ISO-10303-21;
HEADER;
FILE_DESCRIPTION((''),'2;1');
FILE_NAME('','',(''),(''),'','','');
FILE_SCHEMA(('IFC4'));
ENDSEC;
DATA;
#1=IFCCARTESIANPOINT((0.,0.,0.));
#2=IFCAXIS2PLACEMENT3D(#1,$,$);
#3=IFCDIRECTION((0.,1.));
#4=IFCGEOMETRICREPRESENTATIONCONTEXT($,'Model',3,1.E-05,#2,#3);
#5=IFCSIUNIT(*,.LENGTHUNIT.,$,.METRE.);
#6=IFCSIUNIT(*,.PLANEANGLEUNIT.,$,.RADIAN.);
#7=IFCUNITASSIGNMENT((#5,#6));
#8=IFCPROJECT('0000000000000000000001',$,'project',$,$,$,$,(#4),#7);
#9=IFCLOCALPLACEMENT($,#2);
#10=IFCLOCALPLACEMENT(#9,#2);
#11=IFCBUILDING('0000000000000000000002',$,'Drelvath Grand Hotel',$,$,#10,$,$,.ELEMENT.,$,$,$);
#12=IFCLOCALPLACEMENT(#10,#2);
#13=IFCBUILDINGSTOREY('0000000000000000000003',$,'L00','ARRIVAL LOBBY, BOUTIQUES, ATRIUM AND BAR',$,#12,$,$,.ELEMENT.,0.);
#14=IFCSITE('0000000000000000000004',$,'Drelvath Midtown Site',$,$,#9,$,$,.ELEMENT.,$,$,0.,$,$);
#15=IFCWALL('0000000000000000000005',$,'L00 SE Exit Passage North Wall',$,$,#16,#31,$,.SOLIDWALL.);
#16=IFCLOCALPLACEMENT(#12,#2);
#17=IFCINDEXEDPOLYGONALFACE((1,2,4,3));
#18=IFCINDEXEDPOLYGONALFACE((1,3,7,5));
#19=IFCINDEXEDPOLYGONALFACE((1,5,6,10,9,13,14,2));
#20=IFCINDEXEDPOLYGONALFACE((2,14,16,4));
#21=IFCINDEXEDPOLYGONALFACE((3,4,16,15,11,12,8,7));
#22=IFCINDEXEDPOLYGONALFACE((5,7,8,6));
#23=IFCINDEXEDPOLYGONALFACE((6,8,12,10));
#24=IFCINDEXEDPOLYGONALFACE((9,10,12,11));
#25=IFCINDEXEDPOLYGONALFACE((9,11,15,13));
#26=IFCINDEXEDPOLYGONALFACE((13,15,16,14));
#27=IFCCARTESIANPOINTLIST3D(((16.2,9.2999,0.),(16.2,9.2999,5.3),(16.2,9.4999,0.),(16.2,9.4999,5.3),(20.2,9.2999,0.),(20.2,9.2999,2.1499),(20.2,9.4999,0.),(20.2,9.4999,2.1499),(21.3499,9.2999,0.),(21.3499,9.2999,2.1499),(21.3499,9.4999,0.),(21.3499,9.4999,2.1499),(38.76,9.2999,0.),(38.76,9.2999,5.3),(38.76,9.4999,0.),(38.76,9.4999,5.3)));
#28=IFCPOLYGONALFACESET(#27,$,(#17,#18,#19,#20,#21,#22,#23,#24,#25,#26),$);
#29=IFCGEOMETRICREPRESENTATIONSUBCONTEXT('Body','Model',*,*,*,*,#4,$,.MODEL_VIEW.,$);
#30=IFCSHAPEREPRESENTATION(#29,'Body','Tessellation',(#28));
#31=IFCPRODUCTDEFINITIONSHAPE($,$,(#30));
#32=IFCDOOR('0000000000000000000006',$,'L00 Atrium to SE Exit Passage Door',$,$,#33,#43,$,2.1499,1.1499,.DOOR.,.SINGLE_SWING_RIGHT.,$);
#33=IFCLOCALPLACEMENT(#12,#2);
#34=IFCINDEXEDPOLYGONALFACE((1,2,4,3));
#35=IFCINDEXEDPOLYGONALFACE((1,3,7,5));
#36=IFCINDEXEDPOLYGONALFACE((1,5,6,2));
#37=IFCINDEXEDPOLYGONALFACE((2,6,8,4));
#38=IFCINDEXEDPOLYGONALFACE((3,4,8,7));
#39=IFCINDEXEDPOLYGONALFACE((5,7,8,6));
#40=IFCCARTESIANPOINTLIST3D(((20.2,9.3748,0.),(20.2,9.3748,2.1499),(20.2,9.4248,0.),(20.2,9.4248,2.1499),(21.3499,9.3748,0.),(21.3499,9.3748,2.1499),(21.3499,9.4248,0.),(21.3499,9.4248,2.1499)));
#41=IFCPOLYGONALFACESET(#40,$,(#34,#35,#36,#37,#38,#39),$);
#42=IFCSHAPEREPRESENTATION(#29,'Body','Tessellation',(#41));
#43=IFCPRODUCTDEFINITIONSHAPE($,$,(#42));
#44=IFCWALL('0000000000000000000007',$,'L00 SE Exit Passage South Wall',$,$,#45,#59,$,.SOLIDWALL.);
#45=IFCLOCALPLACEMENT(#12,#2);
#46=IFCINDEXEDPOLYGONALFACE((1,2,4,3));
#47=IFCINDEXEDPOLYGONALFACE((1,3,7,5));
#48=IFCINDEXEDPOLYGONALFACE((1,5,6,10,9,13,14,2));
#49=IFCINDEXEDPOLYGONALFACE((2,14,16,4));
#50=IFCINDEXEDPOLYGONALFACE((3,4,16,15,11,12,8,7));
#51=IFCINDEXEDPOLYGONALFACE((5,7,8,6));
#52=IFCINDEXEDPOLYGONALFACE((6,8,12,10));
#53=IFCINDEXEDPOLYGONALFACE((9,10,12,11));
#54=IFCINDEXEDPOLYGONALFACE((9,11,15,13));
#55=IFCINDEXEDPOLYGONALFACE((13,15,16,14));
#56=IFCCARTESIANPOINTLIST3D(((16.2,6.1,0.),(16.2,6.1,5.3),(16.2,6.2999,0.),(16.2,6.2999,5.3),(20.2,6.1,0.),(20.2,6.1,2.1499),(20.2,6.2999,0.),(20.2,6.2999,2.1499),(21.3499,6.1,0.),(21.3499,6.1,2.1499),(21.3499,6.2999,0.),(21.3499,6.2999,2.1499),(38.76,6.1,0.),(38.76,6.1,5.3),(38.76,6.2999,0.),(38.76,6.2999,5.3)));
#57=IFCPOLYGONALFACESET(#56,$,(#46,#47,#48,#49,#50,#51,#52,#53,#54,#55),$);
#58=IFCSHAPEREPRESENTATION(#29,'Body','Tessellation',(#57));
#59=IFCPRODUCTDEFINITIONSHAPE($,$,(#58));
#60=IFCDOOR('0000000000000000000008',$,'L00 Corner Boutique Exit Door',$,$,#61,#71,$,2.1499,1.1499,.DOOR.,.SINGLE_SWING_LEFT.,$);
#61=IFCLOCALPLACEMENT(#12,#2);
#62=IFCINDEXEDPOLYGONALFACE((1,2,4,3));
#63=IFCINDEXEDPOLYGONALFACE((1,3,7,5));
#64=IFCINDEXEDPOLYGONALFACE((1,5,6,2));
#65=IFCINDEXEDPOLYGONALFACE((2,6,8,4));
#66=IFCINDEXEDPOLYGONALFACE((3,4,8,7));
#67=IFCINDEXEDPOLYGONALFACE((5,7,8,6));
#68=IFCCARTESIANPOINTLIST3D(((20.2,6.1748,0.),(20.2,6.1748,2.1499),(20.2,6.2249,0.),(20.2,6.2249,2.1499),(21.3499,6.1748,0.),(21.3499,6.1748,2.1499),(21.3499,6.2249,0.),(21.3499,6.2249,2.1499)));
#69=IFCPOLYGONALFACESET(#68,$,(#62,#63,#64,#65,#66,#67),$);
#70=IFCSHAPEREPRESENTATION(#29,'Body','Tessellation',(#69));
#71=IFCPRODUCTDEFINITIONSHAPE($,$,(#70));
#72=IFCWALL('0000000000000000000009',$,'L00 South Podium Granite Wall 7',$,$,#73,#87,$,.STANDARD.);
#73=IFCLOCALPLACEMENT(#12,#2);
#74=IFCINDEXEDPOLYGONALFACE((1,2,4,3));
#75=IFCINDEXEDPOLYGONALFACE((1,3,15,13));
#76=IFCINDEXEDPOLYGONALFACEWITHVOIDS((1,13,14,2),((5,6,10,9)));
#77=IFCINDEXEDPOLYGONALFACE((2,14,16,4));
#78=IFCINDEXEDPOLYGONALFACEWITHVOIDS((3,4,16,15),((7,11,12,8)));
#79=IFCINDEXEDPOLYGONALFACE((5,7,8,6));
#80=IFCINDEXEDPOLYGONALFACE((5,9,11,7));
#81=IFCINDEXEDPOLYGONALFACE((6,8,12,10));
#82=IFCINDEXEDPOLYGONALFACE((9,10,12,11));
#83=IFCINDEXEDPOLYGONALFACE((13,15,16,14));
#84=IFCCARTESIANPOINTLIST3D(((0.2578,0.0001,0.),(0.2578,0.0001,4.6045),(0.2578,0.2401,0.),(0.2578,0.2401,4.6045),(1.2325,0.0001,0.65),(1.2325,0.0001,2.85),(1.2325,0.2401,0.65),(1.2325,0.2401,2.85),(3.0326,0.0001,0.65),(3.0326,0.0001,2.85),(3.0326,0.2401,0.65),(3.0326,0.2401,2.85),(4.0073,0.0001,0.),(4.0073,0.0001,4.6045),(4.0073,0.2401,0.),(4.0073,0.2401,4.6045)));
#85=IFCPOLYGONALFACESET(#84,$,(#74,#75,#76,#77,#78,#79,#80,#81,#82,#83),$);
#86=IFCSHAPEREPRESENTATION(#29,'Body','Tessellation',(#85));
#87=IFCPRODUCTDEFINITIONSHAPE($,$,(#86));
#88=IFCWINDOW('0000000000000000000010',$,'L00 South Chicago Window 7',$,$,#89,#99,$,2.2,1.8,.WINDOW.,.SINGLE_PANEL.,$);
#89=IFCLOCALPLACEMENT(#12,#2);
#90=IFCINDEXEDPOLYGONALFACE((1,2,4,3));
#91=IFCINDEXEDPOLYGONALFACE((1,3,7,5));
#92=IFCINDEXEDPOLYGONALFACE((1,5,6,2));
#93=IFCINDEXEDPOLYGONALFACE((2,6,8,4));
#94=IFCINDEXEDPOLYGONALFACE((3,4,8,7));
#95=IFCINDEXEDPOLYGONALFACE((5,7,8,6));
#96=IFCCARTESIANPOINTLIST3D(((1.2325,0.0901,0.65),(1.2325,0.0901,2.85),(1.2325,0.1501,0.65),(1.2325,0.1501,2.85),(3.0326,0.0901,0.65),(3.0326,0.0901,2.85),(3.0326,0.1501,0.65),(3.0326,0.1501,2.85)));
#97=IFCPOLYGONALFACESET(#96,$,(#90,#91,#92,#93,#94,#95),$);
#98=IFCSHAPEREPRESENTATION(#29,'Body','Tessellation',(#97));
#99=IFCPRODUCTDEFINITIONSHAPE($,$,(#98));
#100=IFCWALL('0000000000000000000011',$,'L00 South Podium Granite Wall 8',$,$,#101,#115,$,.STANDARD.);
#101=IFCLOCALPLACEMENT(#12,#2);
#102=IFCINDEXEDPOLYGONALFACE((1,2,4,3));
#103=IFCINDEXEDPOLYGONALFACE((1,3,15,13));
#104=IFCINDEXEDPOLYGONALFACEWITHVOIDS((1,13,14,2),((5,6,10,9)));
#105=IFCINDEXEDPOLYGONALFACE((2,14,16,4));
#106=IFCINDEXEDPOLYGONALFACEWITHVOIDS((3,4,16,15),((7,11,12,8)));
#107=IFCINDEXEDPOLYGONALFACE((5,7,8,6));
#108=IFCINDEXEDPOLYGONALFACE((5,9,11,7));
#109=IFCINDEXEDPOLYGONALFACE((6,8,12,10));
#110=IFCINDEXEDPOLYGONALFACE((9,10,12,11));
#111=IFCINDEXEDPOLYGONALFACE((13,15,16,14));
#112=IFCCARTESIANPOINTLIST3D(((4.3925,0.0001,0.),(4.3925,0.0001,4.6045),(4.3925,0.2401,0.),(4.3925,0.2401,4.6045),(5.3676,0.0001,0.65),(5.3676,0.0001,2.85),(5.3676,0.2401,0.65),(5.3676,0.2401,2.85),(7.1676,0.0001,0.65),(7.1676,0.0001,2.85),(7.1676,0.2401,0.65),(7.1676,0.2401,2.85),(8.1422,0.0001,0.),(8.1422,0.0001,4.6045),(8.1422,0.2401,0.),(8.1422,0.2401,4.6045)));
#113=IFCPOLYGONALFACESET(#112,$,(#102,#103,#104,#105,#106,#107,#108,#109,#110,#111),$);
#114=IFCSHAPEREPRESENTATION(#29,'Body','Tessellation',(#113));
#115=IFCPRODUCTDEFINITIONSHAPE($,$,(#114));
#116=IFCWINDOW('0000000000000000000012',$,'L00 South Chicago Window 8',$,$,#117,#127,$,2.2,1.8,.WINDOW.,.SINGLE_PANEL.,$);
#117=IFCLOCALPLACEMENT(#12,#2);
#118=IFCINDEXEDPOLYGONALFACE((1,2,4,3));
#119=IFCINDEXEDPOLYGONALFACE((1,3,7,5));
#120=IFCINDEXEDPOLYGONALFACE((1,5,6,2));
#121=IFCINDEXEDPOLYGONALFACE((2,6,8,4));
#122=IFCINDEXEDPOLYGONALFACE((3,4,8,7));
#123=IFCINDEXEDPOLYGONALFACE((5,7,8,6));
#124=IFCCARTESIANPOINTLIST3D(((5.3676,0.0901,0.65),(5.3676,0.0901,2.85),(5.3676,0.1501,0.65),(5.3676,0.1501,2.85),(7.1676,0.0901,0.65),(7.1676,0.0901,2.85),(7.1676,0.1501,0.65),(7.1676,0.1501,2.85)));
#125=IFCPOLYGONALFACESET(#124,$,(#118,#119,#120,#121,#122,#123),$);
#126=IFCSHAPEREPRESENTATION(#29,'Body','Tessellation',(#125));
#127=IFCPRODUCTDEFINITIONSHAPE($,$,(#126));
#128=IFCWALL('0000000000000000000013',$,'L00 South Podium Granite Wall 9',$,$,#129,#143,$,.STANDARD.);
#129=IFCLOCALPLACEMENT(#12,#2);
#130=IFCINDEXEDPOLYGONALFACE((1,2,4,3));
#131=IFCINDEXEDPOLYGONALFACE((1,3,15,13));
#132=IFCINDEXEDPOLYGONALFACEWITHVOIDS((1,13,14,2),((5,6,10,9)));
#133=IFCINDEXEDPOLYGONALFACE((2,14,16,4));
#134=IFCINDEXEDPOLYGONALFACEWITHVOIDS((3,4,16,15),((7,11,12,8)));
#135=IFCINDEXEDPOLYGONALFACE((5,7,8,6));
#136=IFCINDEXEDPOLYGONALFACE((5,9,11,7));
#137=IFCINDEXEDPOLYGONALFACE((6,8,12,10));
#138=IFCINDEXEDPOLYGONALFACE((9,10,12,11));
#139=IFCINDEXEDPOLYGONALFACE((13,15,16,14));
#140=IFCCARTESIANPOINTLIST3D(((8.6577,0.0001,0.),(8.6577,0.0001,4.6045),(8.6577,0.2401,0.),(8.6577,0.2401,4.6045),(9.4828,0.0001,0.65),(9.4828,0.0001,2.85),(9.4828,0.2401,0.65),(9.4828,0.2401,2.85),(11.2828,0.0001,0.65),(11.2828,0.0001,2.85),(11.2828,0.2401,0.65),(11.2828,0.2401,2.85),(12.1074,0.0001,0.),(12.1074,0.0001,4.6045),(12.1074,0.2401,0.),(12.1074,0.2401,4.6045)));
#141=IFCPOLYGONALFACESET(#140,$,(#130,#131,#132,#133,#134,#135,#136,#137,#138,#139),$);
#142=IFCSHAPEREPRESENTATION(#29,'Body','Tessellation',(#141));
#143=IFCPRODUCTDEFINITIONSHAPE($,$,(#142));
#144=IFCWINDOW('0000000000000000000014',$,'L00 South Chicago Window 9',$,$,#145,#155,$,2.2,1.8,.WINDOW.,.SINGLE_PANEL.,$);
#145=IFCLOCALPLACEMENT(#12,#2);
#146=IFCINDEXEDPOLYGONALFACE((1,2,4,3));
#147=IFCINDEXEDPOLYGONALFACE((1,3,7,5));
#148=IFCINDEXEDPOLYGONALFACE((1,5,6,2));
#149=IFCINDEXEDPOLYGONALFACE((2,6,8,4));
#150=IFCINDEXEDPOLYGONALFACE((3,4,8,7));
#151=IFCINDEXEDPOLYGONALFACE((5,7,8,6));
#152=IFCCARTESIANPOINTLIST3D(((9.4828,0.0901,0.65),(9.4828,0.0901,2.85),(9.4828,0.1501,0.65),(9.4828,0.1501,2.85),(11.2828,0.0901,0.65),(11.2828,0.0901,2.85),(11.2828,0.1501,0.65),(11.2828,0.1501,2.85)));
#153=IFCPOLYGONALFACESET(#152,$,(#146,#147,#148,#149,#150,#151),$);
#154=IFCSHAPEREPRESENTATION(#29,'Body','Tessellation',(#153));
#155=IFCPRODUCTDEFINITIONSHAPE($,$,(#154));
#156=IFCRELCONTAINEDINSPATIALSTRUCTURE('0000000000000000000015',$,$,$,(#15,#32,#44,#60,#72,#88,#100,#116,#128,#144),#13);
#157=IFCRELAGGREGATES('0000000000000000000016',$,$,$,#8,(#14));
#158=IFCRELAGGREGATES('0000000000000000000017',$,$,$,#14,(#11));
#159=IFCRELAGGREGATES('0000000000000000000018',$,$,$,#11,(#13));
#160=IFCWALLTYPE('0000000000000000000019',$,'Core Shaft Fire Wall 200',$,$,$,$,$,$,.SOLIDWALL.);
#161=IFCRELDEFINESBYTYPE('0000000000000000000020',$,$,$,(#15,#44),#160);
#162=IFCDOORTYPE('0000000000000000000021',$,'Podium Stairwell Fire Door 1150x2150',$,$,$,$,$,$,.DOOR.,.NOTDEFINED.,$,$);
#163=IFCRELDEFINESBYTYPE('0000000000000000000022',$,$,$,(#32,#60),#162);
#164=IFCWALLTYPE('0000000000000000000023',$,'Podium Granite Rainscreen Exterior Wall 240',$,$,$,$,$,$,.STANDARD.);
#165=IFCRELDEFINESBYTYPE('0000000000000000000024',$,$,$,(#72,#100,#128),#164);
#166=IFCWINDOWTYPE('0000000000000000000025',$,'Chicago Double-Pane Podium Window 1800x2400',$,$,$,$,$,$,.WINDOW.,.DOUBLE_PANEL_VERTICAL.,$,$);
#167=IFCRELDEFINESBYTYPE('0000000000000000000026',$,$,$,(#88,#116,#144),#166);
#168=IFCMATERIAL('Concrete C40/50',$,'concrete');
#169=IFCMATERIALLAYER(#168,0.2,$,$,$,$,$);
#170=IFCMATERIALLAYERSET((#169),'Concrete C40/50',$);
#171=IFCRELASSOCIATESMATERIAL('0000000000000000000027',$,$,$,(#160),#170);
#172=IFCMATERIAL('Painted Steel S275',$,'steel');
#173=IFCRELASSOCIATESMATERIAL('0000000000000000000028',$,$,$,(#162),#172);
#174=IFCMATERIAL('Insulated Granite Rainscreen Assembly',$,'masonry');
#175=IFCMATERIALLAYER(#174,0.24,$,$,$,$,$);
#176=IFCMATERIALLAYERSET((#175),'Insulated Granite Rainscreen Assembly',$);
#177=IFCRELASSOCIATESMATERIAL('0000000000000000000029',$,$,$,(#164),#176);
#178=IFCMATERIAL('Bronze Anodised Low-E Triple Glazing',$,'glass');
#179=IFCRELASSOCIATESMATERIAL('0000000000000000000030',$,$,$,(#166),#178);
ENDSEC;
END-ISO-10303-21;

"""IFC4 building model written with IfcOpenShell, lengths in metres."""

from ifc_helpers import new_model, si_unit, direction, frame, frame_2d, origin, place, context, subcontext, project, spatial, rectangle, extrude, material, layer, layer_set, type_object, element, fill, save


model = new_model("IFC4")

# Units and contexts
model_context = context("Model", 3, precision=1e-05, world=origin(), true_north=direction((0.0, 1.0)))
body_context = subcontext(model_context, "Body", "Model", "MODEL_VIEW")
ifc_project = project(units=[si_unit("LENGTHUNIT", "METRE"), si_unit("PLANEANGLEUNIT", "RADIAN")], contexts=[model_context])

# Site, building, storey
site_placement = place(None, origin())
site = spatial("IfcSite", under=ifc_project, at=site_placement, Name="Drelvath Midtown Site", CompositionType="ELEMENT", RefElevation=0.0)
building_placement = place(site_placement, origin())
building = spatial("IfcBuilding", under=site, at=building_placement, Name="Drelvath Grand Hotel", CompositionType="ELEMENT")
storey_placement = place(building_placement, origin())
storey = spatial("IfcBuildingStorey", under=building, at=storey_placement, Name="L00", Description="ARRIVAL LOBBY, BOUTIQUES, ATRIUM AND BAR", CompositionType="ELEMENT", Elevation=0.0)

# Walls, openings, doors
ifc_material_1 = material(Name="Concrete C40/50", Category="concrete")
ifc_layer_1 = layer(ifc_material_1, 0.2)
ifc_layer_set_1 = layer_set([ifc_layer_1], Name="Concrete C40/50")
wall_type_1 = type_object("IfcWallType", Name="Core Shaft Fire Wall 200", PredefinedType="SOLIDWALL", material=ifc_layer_set_1)
wall_1_placement = place(storey_placement, frame((16.2, 9.3999, 0.0), z_axis=(0.0, 0.0, 1.0), x_axis=(1.0, 0.0, 0.0)))
wall_1 = element("IfcWall", 1, at=wall_1_placement, inside=storey, type_object=wall_type_1, Name="L00 SE Exit Passage North Wall", PredefinedType="SOLIDWALL", context=body_context, shape_type="SweptSolid", body=[
    extrude(rectangle(XDim=22.5601, YDim=0.2, at=frame_2d((11.28, 0.0))), origin(), (0.0, 0.0, 1.0), 5.3),
])
opening_1_placement = place(wall_1_placement, frame((4.0, 0.0, 0.0)))
opening_1 = element("IfcOpeningElement", 2, at=opening_1_placement, cuts=wall_1, PredefinedType="OPENING", context=body_context, shape_type="SweptSolid", body=[
    extrude(rectangle(XDim=1.1499, YDim=2.1499, at=frame_2d((0.575, 1.075))), frame((0.0, 0.1099, 0.0), z_axis=(0.0, -1.0, 0.0), x_axis=(1.0, 0.0, 0.0)), (0.0, 0.0, 1.0), 0.22),
])
ifc_material_2 = material(Name="Painted Steel S275", Category="steel")
door_type = type_object("IfcDoorType", Name="Podium Stairwell Fire Door 1150x2150", OperationType="NOTDEFINED", PredefinedType="DOOR", material=ifc_material_2)
door_1_placement = place(opening_1_placement, origin())
door_1 = element("IfcDoor", 3, at=door_1_placement, inside=storey, type_object=door_type, Name="L00 Atrium to SE Exit Passage Door", OperationType="SINGLE_SWING_RIGHT", OverallHeight=2.1499, OverallWidth=1.1499, PredefinedType="DOOR", context=body_context, shape_type="SweptSolid", body=[
    extrude(rectangle(XDim=1.1499, YDim=2.1499, at=frame_2d((0.575, 1.075))), frame((0.0, 0.0249, 0.0), z_axis=(0.0, -1.0, 0.0), x_axis=(1.0, 0.0, 0.0)), (0.0, 0.0, 1.0), 0.05),
])
fill(opening_1, door_1)
wall_2_placement = place(storey_placement, frame((16.2, 6.2, 0.0), z_axis=(0.0, 0.0, 1.0), x_axis=(1.0, 0.0, 0.0)))
wall_2 = element("IfcWall", 4, at=wall_2_placement, inside=storey, type_object=wall_type_1, Name="L00 SE Exit Passage South Wall", PredefinedType="SOLIDWALL", context=body_context, shape_type="SweptSolid", body=[
    extrude(rectangle(XDim=22.5601, YDim=0.2, at=frame_2d((11.28, 0.0))), origin(), (0.0, 0.0, 1.0), 5.3),
])
opening_2_placement = place(wall_2_placement, frame((4.0, 0.0, 0.0)))
opening_2 = element("IfcOpeningElement", 5, at=opening_2_placement, cuts=wall_2, PredefinedType="OPENING", context=body_context, shape_type="SweptSolid", body=[
    extrude(rectangle(XDim=1.1499, YDim=2.1499, at=frame_2d((0.575, 1.075))), frame((0.0, 0.1099, 0.0), z_axis=(0.0, -1.0, 0.0), x_axis=(1.0, 0.0, 0.0)), (0.0, 0.0, 1.0), 0.22),
])
door_2_placement = place(opening_2_placement, origin())
door_2 = element("IfcDoor", 6, at=door_2_placement, inside=storey, type_object=door_type, Name="L00 Corner Boutique Exit Door", OperationType="SINGLE_SWING_LEFT", OverallHeight=2.1499, OverallWidth=1.1499, PredefinedType="DOOR", context=body_context, shape_type="SweptSolid", body=[
    extrude(rectangle(XDim=1.1499, YDim=2.1499, at=frame_2d((0.575, 1.075))), frame((0.0, 0.0249, 0.0), z_axis=(0.0, -1.0, 0.0), x_axis=(1.0, 0.0, 0.0)), (0.0, 0.0, 1.0), 0.05),
])
fill(opening_2, door_2)

# Walls, openings, windows
ifc_material_3 = material(Name="Insulated Granite Rainscreen Assembly", Category="masonry")
ifc_layer_2 = layer(ifc_material_3, 0.24)
ifc_layer_set_2 = layer_set([ifc_layer_2], Name="Insulated Granite Rainscreen Assembly")
wall_type_2 = type_object("IfcWallType", Name="Podium Granite Rainscreen Exterior Wall 240", PredefinedType="STANDARD", material=ifc_layer_set_2)
wall_3_placement = place(storey_placement, frame((4.0073, 0.1201, 0.0), z_axis=(0.0, 0.0, 1.0), x_axis=(-1.0, 0.0, 0.0)))
wall_3 = element("IfcWall", 7, at=wall_3_placement, inside=storey, type_object=wall_type_2, Name="L00 South Podium Granite Wall 7", PredefinedType="STANDARD", context=body_context, shape_type="SweptSolid", body=[
    extrude(rectangle(XDim=3.7495, YDim=0.24, at=frame_2d((1.8748, 0.0))), origin(), (0.0, 0.0, 1.0), 4.6045),
])
opening_3_placement = place(wall_3_placement, frame((0.9749, 0.0, 0.6499)))
opening_3 = element("IfcOpeningElement", 8, at=opening_3_placement, cuts=wall_3, PredefinedType="OPENING", context=body_context, shape_type="SweptSolid", body=[
    extrude(rectangle(XDim=1.8, YDim=2.2, at=frame_2d((0.8999, 1.1001))), frame((0.0, 0.1299, 0.0), z_axis=(0.0, -1.0, 0.0), x_axis=(1.0, 0.0, 0.0)), (0.0, 0.0, 1.0), 0.26),
])
ifc_material_4 = material(Name="Bronze Anodised Low-E Triple Glazing", Category="glass")
window_type = type_object("IfcWindowType", Name="Chicago Double-Pane Podium Window 1800x2400", PartitioningType="DOUBLE_PANEL_VERTICAL", PredefinedType="WINDOW", material=ifc_material_4)
window_1_placement = place(opening_3_placement, origin())
window_1 = element("IfcWindow", 9, at=window_1_placement, inside=storey, type_object=window_type, Name="L00 South Chicago Window 7", OverallHeight=2.2, OverallWidth=1.8, PartitioningType="SINGLE_PANEL", PredefinedType="WINDOW", context=body_context, shape_type="SweptSolid", body=[
    extrude(rectangle(XDim=1.8, YDim=2.2, at=frame_2d((0.8999, 1.1001))), frame((0.0, 0.03, 0.0), z_axis=(0.0, -1.0, 0.0), x_axis=(1.0, 0.0, 0.0)), (0.0, 0.0, 1.0), 0.0601),
])
fill(opening_3, window_1)
wall_4_placement = place(storey_placement, frame((8.1423, 0.1201, 0.0), z_axis=(0.0, 0.0, 1.0), x_axis=(-1.0, 0.0, 0.0)))
wall_4 = element("IfcWall", 10, at=wall_4_placement, inside=storey, type_object=wall_type_2, Name="L00 South Podium Granite Wall 8", PredefinedType="STANDARD", context=body_context, shape_type="SweptSolid", body=[
    extrude(rectangle(XDim=3.7498, YDim=0.24, at=frame_2d((1.875, 0.0))), origin(), (0.0, 0.0, 1.0), 4.6045),
])
opening_4_placement = place(wall_4_placement, frame((0.9749, 0.0, 0.6499)))
opening_4 = element("IfcOpeningElement", 11, at=opening_4_placement, cuts=wall_4, PredefinedType="OPENING", context=body_context, shape_type="SweptSolid", body=[
    extrude(rectangle(XDim=1.8, YDim=2.2, at=frame_2d((0.8999, 1.1001))), frame((0.0, 0.1299, 0.0), z_axis=(0.0, -1.0, 0.0), x_axis=(1.0, 0.0, 0.0)), (0.0, 0.0, 1.0), 0.26),
])
window_2_placement = place(opening_4_placement, origin())
window_2 = element("IfcWindow", 12, at=window_2_placement, inside=storey, type_object=window_type, Name="L00 South Chicago Window 8", OverallHeight=2.2, OverallWidth=1.8, PartitioningType="SINGLE_PANEL", PredefinedType="WINDOW", context=body_context, shape_type="SweptSolid", body=[
    extrude(rectangle(XDim=1.8, YDim=2.2, at=frame_2d((0.8999, 1.1001))), frame((0.0, 0.03, 0.0), z_axis=(0.0, -1.0, 0.0), x_axis=(1.0, 0.0, 0.0)), (0.0, 0.0, 1.0), 0.0601),
])
fill(opening_4, window_2)
wall_5_placement = place(storey_placement, frame((12.1074, 0.1201, 0.0), z_axis=(0.0, 0.0, 1.0), x_axis=(-1.0, 0.0, 0.0)))
wall_5 = element("IfcWall", 13, at=wall_5_placement, inside=storey, type_object=wall_type_2, Name="L00 South Podium Granite Wall 9", PredefinedType="STANDARD", context=body_context, shape_type="SweptSolid", body=[
    extrude(rectangle(XDim=3.4497, YDim=0.24, at=frame_2d((1.7249, 0.0))), origin(), (0.0, 0.0, 1.0), 4.6045),
])
opening_5_placement = place(wall_5_placement, frame((0.8247, 0.0, 0.6499)))
opening_5 = element("IfcOpeningElement", 14, at=opening_5_placement, cuts=wall_5, PredefinedType="OPENING", context=body_context, shape_type="SweptSolid", body=[
    extrude(rectangle(XDim=1.8, YDim=2.2, at=frame_2d((0.8999, 1.1001))), frame((0.0, 0.1299, 0.0), z_axis=(0.0, -1.0, 0.0), x_axis=(1.0, 0.0, 0.0)), (0.0, 0.0, 1.0), 0.26),
])
window_3_placement = place(opening_5_placement, origin())
window_3 = element("IfcWindow", 15, at=window_3_placement, inside=storey, type_object=window_type, Name="L00 South Chicago Window 9", OverallHeight=2.2, OverallWidth=1.8, PartitioningType="SINGLE_PANEL", PredefinedType="WINDOW", context=body_context, shape_type="SweptSolid", body=[
    extrude(rectangle(XDim=1.8, YDim=2.2, at=frame_2d((0.8999, 1.1001))), frame((0.0, 0.03, 0.0), z_axis=(0.0, -1.0, 0.0), x_axis=(1.0, 0.0, 0.0)), (0.0, 0.0, 1.0), 0.0601),
])
fill(opening_5, window_3)

save(model, "model.ifc")
